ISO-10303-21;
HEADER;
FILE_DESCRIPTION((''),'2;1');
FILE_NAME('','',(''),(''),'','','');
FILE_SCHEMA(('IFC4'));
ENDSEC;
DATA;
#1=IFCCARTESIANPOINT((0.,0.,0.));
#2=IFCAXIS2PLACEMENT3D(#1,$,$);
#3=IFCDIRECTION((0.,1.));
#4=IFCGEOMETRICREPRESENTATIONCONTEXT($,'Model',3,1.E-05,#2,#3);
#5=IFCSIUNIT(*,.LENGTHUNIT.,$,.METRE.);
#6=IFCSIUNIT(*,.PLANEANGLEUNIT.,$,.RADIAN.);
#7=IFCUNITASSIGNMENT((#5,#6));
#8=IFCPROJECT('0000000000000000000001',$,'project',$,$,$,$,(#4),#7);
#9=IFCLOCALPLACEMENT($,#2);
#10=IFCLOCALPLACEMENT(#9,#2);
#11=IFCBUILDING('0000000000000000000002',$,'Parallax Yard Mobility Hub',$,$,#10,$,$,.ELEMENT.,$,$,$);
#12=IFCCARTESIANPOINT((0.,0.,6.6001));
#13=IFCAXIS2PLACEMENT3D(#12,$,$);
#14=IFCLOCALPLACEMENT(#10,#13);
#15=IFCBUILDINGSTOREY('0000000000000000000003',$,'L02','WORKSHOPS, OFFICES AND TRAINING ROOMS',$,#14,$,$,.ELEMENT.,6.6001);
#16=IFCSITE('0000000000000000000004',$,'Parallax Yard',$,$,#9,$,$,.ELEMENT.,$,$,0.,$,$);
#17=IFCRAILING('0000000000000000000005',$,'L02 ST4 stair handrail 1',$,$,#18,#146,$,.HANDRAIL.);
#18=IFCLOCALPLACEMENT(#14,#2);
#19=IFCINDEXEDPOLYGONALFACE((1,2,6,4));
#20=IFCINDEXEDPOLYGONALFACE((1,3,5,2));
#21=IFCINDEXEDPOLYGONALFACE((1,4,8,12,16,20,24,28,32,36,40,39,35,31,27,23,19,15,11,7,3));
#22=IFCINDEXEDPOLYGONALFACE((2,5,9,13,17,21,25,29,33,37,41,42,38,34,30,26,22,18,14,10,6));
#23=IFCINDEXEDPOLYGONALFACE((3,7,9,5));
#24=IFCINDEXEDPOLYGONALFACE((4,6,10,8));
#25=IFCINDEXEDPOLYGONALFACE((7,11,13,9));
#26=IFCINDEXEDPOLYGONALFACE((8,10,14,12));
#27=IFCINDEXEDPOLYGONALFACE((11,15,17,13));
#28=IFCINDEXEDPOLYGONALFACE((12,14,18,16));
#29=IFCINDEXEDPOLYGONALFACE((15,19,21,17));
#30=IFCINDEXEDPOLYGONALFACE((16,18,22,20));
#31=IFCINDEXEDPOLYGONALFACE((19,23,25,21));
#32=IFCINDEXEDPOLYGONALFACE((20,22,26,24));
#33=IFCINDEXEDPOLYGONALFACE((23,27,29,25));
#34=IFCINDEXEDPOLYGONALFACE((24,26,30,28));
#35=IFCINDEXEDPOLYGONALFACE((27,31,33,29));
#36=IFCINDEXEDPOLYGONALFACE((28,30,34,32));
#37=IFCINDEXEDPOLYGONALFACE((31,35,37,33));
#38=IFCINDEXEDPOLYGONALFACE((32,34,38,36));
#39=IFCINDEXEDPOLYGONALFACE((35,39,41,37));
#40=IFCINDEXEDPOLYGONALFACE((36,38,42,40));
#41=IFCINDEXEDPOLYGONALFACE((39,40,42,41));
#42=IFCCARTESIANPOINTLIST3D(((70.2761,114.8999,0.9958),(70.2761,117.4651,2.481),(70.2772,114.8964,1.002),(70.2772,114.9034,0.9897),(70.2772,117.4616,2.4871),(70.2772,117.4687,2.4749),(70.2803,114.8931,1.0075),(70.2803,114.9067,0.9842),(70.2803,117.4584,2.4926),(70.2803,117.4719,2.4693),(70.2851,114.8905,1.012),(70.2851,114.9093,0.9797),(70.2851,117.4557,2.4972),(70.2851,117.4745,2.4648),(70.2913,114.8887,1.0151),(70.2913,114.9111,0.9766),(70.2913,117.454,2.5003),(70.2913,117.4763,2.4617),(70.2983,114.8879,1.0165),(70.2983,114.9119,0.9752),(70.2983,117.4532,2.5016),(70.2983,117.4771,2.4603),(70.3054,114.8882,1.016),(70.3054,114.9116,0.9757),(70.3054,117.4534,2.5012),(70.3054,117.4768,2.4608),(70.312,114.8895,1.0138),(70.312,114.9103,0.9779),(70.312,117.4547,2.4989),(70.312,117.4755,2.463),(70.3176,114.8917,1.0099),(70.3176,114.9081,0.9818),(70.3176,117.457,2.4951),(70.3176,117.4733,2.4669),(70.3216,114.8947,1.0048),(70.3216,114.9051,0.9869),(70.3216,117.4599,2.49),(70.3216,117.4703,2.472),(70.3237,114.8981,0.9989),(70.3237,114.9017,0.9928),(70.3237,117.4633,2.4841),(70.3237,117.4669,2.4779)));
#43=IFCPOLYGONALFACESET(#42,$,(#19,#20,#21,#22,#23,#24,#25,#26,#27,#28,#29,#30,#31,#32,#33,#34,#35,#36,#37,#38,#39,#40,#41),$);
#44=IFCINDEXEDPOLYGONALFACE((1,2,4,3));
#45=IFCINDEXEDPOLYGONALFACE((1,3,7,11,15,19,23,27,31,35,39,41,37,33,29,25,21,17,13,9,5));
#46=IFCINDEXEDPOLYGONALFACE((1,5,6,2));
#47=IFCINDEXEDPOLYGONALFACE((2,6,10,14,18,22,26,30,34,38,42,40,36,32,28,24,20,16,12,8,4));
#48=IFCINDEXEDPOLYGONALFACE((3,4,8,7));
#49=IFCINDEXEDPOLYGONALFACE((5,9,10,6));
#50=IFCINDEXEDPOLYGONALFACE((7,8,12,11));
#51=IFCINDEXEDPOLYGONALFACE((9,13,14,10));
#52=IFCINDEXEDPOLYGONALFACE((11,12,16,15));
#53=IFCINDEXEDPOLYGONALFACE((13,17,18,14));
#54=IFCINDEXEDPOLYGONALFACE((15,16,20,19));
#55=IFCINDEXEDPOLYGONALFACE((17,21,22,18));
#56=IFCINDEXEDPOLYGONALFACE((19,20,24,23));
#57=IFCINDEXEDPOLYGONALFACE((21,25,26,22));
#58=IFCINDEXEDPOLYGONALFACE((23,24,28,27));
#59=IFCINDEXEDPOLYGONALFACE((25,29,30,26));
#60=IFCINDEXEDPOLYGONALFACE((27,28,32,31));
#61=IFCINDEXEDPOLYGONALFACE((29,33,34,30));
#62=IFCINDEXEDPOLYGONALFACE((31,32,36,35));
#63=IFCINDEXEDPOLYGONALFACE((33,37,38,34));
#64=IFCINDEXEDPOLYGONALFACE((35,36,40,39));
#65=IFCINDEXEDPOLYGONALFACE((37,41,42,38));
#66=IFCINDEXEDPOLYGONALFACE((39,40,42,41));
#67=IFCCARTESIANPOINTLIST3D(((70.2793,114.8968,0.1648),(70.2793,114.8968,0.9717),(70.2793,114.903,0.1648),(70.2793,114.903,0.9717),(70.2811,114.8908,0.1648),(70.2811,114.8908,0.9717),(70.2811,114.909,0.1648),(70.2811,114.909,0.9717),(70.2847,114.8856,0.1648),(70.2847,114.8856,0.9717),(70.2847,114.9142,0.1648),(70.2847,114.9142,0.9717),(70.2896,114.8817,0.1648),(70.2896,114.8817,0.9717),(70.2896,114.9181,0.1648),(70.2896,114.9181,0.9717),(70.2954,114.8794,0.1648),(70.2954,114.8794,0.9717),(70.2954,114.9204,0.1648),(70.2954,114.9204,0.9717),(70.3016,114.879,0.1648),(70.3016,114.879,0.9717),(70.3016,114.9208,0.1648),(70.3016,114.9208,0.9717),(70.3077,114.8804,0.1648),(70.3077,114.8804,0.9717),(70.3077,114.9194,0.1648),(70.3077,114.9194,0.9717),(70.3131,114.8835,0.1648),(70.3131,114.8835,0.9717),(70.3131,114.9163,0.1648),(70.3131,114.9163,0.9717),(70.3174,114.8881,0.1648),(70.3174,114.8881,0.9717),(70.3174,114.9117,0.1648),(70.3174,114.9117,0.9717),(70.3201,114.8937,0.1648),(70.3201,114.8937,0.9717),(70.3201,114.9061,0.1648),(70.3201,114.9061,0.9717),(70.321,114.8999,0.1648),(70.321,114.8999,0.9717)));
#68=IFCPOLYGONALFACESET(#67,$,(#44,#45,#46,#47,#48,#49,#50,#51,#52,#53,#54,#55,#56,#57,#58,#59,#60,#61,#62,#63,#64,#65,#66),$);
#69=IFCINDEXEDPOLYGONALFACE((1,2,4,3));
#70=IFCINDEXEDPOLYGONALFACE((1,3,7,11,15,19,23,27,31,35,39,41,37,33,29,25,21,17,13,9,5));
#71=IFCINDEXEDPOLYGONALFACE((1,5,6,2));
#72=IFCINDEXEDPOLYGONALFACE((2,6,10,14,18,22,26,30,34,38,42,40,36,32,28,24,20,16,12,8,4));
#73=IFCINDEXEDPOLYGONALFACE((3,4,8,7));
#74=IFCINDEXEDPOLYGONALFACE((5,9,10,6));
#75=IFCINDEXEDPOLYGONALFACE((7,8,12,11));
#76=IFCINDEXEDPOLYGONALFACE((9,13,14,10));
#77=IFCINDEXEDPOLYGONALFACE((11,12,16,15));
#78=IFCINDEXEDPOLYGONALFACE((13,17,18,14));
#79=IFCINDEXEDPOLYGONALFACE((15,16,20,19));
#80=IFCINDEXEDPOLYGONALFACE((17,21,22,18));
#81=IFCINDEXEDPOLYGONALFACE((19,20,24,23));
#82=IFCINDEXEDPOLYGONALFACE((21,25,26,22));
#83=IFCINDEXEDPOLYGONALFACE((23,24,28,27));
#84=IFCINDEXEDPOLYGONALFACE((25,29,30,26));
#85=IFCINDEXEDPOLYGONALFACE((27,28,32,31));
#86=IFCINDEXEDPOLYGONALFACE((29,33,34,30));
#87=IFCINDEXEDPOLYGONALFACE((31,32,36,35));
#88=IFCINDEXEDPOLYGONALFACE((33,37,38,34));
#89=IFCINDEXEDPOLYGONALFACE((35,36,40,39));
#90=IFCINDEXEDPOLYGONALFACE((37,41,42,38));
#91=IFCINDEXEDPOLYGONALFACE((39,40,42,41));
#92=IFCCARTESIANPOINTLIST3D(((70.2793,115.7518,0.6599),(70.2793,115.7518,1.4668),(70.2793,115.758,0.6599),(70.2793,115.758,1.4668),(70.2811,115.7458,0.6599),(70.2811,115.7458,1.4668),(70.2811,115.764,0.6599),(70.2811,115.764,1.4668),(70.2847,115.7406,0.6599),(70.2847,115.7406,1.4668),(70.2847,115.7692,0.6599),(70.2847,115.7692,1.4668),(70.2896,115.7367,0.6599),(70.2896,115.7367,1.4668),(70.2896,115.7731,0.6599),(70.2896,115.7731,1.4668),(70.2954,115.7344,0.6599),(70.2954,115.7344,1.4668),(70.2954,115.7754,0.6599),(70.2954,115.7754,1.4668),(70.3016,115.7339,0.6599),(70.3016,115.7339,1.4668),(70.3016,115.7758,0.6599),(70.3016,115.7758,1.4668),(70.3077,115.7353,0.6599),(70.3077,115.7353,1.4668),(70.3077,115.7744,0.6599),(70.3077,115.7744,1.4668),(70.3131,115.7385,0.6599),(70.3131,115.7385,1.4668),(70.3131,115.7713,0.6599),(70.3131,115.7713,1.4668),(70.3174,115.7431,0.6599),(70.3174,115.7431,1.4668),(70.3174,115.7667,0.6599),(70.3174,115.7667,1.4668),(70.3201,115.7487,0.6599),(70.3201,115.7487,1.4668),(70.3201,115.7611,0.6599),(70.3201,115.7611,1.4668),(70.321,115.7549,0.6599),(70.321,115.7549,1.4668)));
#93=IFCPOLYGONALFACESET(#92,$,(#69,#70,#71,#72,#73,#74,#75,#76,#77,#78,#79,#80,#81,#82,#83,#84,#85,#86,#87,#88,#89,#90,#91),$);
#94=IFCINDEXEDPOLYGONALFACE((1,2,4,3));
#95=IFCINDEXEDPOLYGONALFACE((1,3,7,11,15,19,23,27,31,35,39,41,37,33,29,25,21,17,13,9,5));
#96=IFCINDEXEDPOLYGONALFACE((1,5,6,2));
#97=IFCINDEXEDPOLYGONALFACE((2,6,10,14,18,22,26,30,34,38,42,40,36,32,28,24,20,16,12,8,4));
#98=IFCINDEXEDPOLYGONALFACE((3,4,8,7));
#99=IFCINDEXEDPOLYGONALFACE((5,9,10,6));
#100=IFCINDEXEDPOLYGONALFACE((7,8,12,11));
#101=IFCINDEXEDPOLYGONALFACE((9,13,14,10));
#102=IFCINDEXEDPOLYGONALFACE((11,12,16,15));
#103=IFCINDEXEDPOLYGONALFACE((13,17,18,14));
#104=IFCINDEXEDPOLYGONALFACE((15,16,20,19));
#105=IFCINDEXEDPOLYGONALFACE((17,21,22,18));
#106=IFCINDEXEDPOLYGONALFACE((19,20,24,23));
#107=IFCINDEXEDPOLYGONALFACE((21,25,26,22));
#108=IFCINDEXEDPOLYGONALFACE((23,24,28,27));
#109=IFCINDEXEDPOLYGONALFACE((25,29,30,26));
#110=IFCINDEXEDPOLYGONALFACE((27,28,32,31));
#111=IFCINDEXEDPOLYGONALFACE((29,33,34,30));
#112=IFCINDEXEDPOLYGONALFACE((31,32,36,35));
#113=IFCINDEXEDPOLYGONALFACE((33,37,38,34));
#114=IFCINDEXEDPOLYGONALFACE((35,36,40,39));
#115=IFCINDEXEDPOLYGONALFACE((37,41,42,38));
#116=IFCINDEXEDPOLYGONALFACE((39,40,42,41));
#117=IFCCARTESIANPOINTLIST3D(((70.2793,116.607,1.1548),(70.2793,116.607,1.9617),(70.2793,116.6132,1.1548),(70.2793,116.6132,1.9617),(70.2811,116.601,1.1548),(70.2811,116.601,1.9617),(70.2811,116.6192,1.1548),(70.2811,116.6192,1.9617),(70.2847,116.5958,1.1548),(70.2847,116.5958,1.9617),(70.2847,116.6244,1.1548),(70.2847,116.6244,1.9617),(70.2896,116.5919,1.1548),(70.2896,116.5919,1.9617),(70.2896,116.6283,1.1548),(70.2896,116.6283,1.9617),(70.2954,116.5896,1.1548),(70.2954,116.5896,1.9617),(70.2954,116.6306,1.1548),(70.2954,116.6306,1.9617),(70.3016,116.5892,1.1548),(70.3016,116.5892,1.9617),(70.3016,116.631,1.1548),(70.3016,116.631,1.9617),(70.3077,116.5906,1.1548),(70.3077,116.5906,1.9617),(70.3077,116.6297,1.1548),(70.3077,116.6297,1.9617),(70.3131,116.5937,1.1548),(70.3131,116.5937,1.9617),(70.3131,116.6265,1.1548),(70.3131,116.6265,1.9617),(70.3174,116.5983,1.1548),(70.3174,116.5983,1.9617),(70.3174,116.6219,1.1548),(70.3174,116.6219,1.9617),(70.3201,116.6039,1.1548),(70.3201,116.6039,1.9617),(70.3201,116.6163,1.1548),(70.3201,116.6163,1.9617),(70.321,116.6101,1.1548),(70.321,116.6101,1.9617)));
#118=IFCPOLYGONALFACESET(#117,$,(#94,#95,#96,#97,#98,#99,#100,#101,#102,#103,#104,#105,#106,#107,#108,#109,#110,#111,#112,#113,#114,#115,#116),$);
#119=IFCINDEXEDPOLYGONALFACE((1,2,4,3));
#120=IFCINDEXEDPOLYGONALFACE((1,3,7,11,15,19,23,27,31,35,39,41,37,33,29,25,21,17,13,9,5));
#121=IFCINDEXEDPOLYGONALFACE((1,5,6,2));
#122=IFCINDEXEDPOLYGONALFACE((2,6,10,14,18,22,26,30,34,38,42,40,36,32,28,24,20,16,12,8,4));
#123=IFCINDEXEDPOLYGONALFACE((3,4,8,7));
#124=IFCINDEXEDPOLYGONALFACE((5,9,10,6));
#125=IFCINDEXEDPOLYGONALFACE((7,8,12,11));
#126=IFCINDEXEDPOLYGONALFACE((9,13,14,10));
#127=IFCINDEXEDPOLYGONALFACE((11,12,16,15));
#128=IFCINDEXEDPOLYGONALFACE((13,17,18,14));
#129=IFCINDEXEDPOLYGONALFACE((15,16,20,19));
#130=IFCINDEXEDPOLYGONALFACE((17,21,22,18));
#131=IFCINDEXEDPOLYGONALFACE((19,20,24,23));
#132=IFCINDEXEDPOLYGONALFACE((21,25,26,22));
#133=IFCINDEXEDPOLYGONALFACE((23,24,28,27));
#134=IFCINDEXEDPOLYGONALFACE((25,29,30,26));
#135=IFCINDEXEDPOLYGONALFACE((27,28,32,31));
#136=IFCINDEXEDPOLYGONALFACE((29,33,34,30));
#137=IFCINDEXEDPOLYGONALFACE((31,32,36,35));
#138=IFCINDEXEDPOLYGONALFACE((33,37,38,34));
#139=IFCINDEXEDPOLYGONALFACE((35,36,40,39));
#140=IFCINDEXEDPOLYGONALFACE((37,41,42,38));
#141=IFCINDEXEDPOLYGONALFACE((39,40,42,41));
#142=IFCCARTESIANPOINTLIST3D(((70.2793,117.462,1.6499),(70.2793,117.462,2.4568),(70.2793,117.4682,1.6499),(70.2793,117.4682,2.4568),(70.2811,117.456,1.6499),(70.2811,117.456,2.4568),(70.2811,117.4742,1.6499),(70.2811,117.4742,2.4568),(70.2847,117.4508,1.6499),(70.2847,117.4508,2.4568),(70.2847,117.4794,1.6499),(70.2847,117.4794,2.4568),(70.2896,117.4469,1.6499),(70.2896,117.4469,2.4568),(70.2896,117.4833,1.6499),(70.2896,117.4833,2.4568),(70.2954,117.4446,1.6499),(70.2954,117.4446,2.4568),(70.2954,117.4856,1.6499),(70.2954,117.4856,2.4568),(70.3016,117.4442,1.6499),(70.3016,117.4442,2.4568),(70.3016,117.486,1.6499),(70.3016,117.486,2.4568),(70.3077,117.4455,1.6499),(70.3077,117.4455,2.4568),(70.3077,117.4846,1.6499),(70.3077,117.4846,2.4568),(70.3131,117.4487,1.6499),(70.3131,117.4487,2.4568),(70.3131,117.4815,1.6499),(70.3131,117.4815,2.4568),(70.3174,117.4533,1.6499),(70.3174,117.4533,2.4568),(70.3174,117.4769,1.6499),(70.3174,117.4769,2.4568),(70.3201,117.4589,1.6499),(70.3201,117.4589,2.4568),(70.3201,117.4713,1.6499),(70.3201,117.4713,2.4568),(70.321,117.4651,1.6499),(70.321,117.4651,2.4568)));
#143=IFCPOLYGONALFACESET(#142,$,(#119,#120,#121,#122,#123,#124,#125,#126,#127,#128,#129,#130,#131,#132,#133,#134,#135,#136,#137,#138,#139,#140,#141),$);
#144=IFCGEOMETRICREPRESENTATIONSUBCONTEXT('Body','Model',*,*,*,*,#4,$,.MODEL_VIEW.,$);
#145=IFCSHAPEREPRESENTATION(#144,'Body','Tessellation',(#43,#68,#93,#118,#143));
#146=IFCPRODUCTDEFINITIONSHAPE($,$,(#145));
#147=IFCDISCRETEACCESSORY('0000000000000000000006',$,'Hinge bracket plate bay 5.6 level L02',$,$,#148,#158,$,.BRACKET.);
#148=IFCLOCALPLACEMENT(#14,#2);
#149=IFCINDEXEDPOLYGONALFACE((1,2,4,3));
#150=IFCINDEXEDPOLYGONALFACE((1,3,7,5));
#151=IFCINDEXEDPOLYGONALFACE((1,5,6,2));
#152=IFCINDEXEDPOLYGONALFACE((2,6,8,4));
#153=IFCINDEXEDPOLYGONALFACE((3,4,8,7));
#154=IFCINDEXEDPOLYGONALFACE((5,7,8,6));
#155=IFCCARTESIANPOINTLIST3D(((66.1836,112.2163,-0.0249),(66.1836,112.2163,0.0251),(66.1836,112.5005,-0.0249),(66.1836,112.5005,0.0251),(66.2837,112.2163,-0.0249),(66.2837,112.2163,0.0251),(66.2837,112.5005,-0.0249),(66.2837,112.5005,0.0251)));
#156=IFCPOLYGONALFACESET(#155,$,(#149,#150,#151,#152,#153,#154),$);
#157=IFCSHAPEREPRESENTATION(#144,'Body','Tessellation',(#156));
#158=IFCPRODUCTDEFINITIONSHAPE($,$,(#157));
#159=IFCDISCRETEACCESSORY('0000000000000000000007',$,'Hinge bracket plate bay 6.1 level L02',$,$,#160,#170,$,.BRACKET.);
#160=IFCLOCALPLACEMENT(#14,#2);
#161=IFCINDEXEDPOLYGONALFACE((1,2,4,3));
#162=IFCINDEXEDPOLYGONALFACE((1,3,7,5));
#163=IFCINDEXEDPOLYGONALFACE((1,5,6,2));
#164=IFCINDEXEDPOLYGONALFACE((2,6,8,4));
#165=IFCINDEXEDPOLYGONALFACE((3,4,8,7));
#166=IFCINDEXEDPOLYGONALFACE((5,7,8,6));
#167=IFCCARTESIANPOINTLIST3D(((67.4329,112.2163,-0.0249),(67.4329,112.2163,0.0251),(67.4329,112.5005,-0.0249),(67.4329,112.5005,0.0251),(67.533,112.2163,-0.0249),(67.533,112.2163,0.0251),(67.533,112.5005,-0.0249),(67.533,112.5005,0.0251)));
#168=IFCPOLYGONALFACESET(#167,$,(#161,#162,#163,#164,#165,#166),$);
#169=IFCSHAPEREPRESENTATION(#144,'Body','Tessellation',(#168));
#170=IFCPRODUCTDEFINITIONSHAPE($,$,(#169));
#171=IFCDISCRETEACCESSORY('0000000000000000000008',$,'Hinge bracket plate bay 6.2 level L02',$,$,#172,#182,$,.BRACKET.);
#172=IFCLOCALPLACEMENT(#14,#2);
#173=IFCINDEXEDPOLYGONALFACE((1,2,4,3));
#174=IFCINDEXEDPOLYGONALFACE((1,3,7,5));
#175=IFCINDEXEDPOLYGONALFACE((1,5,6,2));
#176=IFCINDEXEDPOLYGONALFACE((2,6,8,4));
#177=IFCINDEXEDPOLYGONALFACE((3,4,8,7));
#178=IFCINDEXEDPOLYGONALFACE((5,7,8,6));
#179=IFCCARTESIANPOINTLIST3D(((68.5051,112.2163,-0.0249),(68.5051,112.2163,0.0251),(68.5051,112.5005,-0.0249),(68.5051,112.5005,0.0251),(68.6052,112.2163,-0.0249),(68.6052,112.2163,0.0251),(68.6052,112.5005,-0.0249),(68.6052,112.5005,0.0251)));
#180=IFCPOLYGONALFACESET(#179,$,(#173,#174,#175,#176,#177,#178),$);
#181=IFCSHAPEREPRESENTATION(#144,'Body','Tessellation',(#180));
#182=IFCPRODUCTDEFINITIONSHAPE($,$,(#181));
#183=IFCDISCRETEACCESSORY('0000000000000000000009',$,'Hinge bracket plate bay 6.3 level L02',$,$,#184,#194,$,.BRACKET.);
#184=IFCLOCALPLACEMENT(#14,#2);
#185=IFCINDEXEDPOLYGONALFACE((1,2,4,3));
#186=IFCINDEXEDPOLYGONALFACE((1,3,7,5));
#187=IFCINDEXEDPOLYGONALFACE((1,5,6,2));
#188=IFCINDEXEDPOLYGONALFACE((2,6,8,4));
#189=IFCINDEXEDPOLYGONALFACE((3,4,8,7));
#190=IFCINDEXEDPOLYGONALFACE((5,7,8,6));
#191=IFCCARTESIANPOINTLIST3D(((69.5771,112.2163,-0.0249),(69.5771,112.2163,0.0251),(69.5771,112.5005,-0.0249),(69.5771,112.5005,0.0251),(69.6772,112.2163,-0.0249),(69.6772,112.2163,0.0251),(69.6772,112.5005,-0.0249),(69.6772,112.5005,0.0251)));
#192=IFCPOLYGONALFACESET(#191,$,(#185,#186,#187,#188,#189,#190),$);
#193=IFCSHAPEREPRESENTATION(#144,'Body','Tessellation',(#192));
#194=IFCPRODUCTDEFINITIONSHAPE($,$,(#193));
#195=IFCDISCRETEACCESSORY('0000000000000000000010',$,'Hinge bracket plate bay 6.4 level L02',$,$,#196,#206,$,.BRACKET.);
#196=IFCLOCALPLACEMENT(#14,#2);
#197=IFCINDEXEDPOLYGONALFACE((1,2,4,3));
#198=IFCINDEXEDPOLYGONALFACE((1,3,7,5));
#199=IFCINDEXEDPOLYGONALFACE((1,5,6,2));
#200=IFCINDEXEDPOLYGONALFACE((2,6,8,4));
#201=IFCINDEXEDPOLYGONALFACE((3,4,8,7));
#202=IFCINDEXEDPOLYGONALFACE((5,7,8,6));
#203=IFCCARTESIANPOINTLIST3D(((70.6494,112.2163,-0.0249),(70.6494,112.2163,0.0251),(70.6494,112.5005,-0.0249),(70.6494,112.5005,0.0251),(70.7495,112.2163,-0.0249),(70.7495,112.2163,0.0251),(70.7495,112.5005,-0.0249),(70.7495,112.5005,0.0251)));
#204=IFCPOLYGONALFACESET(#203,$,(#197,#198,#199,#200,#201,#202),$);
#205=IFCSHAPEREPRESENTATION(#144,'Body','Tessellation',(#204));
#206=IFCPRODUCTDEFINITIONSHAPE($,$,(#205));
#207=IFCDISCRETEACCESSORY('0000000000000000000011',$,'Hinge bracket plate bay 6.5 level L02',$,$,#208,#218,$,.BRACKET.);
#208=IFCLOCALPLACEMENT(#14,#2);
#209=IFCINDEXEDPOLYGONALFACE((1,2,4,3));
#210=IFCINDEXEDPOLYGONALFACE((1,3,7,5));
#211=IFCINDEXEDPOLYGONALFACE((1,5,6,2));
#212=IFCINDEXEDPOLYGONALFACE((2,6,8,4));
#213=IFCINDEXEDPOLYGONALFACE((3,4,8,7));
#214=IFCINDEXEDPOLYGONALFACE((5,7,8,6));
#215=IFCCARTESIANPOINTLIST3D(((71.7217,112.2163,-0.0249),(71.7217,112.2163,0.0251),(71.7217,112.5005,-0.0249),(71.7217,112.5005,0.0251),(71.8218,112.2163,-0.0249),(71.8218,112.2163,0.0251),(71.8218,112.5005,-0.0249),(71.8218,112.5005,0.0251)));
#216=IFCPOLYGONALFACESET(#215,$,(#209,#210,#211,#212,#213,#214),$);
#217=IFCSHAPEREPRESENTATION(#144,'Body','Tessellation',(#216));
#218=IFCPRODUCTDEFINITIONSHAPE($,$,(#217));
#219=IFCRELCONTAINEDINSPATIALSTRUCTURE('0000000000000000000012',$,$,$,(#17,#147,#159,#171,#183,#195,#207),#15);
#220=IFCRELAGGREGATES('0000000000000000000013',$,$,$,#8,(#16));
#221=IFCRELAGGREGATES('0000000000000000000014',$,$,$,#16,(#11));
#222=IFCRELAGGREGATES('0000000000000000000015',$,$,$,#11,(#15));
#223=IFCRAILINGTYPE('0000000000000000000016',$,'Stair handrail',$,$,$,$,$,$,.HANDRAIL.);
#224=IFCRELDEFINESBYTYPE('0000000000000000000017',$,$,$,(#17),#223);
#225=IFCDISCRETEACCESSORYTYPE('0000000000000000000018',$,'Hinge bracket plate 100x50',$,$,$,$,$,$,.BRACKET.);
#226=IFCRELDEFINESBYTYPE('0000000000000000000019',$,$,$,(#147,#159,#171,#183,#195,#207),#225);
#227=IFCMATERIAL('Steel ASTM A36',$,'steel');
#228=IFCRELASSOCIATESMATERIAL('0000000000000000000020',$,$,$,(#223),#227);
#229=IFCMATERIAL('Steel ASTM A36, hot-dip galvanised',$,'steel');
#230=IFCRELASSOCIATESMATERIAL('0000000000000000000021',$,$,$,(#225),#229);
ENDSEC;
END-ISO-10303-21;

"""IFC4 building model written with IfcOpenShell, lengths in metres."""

from ifc_helpers import new_model, si_unit, direction, frame, origin, origin_2d, place, context, subcontext, project, spatial, rectangle, circle, extrude, material, type_object, element, save


model = new_model("IFC4")

# Units and contexts
model_context = context("Model", 3, precision=1e-05, world=origin(), true_north=direction((0.0, 1.0)))
body_context = subcontext(model_context, "Body", "Model", "MODEL_VIEW")
ifc_project = project(units=[si_unit("LENGTHUNIT", "METRE"), si_unit("PLANEANGLEUNIT", "RADIAN")], contexts=[model_context])

# Site, building, storey
site_placement = place(None, origin())
site = spatial("IfcSite", under=ifc_project, at=site_placement, Name="Parallax Yard", CompositionType="ELEMENT", RefElevation=0.0)
building_placement = place(site_placement, origin())
building = spatial("IfcBuilding", under=site, at=building_placement, Name="Parallax Yard Mobility Hub", CompositionType="ELEMENT")
storey_placement = place(building_placement, frame((0.0, 0.0, 6.6001)))
storey = spatial("IfcBuildingStorey", under=building, at=storey_placement, Name="L02", Description="WORKSHOPS, OFFICES AND TRAINING ROOMS", CompositionType="ELEMENT", Elevation=6.6001)

# Railing
ifc_material_1 = material(Name="Steel ASTM A36", Category="steel")
railing_type_1 = type_object("IfcRailingType", Name="Stair handrail", PredefinedType="HANDRAIL", material=ifc_material_1)
railing_1_placement = place(storey_placement, frame((70.3, 114.8999, 0.1648)))
element("IfcRailing", 1, at=railing_1_placement, inside=storey, type_object=railing_type_1, Name="L02 ST4 stair handrail 1", PredefinedType="HANDRAIL", context=body_context, shape_type="SweptSolid", body=[
    extrude(circle(Radius=0.0239, at=origin_2d()), frame((0.0, 0.0, 0.8311), z_axis=(0.0, 0.865426, 0.501036), x_axis=(-1.0, 0.0, 0.0)), (0.0, 0.0, 1.0), 2.9641),
    extrude(circle(Radius=0.021, at=origin_2d()), origin(), (0.0, 0.0, 1.0), 0.8069),
    extrude(circle(Radius=0.021, at=origin_2d()), frame((0.0, 0.855, 0.4951)), (0.0, 0.0, 1.0), 0.8069),
    extrude(circle(Radius=0.021, at=origin_2d()), frame((0.0, 1.7102, 0.99)), (0.0, 0.0, 1.0), 0.8069),
    extrude(circle(Radius=0.021, at=origin_2d()), frame((0.0, 2.5652, 1.4851)), (0.0, 0.0, 1.0), 0.8069),
])

# Discrete accessories
ifc_material_2 = material(Name="Steel ASTM A36, hot-dip galvanised", Category="steel")
discrete_accessory_type_1 = type_object("IfcDiscreteAccessoryType", Name="Hinge bracket plate 100x50", PredefinedType="BRACKET", material=ifc_material_2)
for number, where, z_axis, x_axis, name in (
    (2, (66.2336, 112.3584, -0.0249), (0.0, 0.0, 1.0), (0.0, -1.0, 0.0), "Hinge bracket plate bay 5.6 level L02"),
    (3, (67.4829, 112.3584, -0.0249), (0.0, 0.0, 1.0), (0.0, -1.0, 0.0), "Hinge bracket plate bay 6.1 level L02"),
    (4, (68.5552, 112.3584, -0.0249), (0.0, 0.0, 1.0), (0.0, -1.0, 0.0), "Hinge bracket plate bay 6.2 level L02"),
    (5, (69.6272, 112.3584, -0.0249), (0.0, 0.0, 1.0), (0.0, -1.0, 0.0), "Hinge bracket plate bay 6.3 level L02"),
    (6, (70.6995, 112.3584, -0.0249), (0.0, 0.0, 1.0), (0.0, -1.0, 0.0), "Hinge bracket plate bay 6.4 level L02"),
    (7, (71.7717, 112.3584, -0.0249), (0.0, 0.0, 1.0), (0.0, -1.0, 0.0), "Hinge bracket plate bay 6.5 level L02"),
):
    element("IfcDiscreteAccessory", number, at=place(storey_placement, frame(where, z_axis=z_axis, x_axis=x_axis)), inside=storey, type_object=discrete_accessory_type_1, Name=name, PredefinedType="BRACKET", context=body_context, shape_type="SweptSolid", body=[
        extrude(rectangle(XDim=0.2842, YDim=0.1001, at=origin_2d()), origin(), (0.0, 0.0, 1.0), 0.05),
    ])

save(model, "model.ifc")
